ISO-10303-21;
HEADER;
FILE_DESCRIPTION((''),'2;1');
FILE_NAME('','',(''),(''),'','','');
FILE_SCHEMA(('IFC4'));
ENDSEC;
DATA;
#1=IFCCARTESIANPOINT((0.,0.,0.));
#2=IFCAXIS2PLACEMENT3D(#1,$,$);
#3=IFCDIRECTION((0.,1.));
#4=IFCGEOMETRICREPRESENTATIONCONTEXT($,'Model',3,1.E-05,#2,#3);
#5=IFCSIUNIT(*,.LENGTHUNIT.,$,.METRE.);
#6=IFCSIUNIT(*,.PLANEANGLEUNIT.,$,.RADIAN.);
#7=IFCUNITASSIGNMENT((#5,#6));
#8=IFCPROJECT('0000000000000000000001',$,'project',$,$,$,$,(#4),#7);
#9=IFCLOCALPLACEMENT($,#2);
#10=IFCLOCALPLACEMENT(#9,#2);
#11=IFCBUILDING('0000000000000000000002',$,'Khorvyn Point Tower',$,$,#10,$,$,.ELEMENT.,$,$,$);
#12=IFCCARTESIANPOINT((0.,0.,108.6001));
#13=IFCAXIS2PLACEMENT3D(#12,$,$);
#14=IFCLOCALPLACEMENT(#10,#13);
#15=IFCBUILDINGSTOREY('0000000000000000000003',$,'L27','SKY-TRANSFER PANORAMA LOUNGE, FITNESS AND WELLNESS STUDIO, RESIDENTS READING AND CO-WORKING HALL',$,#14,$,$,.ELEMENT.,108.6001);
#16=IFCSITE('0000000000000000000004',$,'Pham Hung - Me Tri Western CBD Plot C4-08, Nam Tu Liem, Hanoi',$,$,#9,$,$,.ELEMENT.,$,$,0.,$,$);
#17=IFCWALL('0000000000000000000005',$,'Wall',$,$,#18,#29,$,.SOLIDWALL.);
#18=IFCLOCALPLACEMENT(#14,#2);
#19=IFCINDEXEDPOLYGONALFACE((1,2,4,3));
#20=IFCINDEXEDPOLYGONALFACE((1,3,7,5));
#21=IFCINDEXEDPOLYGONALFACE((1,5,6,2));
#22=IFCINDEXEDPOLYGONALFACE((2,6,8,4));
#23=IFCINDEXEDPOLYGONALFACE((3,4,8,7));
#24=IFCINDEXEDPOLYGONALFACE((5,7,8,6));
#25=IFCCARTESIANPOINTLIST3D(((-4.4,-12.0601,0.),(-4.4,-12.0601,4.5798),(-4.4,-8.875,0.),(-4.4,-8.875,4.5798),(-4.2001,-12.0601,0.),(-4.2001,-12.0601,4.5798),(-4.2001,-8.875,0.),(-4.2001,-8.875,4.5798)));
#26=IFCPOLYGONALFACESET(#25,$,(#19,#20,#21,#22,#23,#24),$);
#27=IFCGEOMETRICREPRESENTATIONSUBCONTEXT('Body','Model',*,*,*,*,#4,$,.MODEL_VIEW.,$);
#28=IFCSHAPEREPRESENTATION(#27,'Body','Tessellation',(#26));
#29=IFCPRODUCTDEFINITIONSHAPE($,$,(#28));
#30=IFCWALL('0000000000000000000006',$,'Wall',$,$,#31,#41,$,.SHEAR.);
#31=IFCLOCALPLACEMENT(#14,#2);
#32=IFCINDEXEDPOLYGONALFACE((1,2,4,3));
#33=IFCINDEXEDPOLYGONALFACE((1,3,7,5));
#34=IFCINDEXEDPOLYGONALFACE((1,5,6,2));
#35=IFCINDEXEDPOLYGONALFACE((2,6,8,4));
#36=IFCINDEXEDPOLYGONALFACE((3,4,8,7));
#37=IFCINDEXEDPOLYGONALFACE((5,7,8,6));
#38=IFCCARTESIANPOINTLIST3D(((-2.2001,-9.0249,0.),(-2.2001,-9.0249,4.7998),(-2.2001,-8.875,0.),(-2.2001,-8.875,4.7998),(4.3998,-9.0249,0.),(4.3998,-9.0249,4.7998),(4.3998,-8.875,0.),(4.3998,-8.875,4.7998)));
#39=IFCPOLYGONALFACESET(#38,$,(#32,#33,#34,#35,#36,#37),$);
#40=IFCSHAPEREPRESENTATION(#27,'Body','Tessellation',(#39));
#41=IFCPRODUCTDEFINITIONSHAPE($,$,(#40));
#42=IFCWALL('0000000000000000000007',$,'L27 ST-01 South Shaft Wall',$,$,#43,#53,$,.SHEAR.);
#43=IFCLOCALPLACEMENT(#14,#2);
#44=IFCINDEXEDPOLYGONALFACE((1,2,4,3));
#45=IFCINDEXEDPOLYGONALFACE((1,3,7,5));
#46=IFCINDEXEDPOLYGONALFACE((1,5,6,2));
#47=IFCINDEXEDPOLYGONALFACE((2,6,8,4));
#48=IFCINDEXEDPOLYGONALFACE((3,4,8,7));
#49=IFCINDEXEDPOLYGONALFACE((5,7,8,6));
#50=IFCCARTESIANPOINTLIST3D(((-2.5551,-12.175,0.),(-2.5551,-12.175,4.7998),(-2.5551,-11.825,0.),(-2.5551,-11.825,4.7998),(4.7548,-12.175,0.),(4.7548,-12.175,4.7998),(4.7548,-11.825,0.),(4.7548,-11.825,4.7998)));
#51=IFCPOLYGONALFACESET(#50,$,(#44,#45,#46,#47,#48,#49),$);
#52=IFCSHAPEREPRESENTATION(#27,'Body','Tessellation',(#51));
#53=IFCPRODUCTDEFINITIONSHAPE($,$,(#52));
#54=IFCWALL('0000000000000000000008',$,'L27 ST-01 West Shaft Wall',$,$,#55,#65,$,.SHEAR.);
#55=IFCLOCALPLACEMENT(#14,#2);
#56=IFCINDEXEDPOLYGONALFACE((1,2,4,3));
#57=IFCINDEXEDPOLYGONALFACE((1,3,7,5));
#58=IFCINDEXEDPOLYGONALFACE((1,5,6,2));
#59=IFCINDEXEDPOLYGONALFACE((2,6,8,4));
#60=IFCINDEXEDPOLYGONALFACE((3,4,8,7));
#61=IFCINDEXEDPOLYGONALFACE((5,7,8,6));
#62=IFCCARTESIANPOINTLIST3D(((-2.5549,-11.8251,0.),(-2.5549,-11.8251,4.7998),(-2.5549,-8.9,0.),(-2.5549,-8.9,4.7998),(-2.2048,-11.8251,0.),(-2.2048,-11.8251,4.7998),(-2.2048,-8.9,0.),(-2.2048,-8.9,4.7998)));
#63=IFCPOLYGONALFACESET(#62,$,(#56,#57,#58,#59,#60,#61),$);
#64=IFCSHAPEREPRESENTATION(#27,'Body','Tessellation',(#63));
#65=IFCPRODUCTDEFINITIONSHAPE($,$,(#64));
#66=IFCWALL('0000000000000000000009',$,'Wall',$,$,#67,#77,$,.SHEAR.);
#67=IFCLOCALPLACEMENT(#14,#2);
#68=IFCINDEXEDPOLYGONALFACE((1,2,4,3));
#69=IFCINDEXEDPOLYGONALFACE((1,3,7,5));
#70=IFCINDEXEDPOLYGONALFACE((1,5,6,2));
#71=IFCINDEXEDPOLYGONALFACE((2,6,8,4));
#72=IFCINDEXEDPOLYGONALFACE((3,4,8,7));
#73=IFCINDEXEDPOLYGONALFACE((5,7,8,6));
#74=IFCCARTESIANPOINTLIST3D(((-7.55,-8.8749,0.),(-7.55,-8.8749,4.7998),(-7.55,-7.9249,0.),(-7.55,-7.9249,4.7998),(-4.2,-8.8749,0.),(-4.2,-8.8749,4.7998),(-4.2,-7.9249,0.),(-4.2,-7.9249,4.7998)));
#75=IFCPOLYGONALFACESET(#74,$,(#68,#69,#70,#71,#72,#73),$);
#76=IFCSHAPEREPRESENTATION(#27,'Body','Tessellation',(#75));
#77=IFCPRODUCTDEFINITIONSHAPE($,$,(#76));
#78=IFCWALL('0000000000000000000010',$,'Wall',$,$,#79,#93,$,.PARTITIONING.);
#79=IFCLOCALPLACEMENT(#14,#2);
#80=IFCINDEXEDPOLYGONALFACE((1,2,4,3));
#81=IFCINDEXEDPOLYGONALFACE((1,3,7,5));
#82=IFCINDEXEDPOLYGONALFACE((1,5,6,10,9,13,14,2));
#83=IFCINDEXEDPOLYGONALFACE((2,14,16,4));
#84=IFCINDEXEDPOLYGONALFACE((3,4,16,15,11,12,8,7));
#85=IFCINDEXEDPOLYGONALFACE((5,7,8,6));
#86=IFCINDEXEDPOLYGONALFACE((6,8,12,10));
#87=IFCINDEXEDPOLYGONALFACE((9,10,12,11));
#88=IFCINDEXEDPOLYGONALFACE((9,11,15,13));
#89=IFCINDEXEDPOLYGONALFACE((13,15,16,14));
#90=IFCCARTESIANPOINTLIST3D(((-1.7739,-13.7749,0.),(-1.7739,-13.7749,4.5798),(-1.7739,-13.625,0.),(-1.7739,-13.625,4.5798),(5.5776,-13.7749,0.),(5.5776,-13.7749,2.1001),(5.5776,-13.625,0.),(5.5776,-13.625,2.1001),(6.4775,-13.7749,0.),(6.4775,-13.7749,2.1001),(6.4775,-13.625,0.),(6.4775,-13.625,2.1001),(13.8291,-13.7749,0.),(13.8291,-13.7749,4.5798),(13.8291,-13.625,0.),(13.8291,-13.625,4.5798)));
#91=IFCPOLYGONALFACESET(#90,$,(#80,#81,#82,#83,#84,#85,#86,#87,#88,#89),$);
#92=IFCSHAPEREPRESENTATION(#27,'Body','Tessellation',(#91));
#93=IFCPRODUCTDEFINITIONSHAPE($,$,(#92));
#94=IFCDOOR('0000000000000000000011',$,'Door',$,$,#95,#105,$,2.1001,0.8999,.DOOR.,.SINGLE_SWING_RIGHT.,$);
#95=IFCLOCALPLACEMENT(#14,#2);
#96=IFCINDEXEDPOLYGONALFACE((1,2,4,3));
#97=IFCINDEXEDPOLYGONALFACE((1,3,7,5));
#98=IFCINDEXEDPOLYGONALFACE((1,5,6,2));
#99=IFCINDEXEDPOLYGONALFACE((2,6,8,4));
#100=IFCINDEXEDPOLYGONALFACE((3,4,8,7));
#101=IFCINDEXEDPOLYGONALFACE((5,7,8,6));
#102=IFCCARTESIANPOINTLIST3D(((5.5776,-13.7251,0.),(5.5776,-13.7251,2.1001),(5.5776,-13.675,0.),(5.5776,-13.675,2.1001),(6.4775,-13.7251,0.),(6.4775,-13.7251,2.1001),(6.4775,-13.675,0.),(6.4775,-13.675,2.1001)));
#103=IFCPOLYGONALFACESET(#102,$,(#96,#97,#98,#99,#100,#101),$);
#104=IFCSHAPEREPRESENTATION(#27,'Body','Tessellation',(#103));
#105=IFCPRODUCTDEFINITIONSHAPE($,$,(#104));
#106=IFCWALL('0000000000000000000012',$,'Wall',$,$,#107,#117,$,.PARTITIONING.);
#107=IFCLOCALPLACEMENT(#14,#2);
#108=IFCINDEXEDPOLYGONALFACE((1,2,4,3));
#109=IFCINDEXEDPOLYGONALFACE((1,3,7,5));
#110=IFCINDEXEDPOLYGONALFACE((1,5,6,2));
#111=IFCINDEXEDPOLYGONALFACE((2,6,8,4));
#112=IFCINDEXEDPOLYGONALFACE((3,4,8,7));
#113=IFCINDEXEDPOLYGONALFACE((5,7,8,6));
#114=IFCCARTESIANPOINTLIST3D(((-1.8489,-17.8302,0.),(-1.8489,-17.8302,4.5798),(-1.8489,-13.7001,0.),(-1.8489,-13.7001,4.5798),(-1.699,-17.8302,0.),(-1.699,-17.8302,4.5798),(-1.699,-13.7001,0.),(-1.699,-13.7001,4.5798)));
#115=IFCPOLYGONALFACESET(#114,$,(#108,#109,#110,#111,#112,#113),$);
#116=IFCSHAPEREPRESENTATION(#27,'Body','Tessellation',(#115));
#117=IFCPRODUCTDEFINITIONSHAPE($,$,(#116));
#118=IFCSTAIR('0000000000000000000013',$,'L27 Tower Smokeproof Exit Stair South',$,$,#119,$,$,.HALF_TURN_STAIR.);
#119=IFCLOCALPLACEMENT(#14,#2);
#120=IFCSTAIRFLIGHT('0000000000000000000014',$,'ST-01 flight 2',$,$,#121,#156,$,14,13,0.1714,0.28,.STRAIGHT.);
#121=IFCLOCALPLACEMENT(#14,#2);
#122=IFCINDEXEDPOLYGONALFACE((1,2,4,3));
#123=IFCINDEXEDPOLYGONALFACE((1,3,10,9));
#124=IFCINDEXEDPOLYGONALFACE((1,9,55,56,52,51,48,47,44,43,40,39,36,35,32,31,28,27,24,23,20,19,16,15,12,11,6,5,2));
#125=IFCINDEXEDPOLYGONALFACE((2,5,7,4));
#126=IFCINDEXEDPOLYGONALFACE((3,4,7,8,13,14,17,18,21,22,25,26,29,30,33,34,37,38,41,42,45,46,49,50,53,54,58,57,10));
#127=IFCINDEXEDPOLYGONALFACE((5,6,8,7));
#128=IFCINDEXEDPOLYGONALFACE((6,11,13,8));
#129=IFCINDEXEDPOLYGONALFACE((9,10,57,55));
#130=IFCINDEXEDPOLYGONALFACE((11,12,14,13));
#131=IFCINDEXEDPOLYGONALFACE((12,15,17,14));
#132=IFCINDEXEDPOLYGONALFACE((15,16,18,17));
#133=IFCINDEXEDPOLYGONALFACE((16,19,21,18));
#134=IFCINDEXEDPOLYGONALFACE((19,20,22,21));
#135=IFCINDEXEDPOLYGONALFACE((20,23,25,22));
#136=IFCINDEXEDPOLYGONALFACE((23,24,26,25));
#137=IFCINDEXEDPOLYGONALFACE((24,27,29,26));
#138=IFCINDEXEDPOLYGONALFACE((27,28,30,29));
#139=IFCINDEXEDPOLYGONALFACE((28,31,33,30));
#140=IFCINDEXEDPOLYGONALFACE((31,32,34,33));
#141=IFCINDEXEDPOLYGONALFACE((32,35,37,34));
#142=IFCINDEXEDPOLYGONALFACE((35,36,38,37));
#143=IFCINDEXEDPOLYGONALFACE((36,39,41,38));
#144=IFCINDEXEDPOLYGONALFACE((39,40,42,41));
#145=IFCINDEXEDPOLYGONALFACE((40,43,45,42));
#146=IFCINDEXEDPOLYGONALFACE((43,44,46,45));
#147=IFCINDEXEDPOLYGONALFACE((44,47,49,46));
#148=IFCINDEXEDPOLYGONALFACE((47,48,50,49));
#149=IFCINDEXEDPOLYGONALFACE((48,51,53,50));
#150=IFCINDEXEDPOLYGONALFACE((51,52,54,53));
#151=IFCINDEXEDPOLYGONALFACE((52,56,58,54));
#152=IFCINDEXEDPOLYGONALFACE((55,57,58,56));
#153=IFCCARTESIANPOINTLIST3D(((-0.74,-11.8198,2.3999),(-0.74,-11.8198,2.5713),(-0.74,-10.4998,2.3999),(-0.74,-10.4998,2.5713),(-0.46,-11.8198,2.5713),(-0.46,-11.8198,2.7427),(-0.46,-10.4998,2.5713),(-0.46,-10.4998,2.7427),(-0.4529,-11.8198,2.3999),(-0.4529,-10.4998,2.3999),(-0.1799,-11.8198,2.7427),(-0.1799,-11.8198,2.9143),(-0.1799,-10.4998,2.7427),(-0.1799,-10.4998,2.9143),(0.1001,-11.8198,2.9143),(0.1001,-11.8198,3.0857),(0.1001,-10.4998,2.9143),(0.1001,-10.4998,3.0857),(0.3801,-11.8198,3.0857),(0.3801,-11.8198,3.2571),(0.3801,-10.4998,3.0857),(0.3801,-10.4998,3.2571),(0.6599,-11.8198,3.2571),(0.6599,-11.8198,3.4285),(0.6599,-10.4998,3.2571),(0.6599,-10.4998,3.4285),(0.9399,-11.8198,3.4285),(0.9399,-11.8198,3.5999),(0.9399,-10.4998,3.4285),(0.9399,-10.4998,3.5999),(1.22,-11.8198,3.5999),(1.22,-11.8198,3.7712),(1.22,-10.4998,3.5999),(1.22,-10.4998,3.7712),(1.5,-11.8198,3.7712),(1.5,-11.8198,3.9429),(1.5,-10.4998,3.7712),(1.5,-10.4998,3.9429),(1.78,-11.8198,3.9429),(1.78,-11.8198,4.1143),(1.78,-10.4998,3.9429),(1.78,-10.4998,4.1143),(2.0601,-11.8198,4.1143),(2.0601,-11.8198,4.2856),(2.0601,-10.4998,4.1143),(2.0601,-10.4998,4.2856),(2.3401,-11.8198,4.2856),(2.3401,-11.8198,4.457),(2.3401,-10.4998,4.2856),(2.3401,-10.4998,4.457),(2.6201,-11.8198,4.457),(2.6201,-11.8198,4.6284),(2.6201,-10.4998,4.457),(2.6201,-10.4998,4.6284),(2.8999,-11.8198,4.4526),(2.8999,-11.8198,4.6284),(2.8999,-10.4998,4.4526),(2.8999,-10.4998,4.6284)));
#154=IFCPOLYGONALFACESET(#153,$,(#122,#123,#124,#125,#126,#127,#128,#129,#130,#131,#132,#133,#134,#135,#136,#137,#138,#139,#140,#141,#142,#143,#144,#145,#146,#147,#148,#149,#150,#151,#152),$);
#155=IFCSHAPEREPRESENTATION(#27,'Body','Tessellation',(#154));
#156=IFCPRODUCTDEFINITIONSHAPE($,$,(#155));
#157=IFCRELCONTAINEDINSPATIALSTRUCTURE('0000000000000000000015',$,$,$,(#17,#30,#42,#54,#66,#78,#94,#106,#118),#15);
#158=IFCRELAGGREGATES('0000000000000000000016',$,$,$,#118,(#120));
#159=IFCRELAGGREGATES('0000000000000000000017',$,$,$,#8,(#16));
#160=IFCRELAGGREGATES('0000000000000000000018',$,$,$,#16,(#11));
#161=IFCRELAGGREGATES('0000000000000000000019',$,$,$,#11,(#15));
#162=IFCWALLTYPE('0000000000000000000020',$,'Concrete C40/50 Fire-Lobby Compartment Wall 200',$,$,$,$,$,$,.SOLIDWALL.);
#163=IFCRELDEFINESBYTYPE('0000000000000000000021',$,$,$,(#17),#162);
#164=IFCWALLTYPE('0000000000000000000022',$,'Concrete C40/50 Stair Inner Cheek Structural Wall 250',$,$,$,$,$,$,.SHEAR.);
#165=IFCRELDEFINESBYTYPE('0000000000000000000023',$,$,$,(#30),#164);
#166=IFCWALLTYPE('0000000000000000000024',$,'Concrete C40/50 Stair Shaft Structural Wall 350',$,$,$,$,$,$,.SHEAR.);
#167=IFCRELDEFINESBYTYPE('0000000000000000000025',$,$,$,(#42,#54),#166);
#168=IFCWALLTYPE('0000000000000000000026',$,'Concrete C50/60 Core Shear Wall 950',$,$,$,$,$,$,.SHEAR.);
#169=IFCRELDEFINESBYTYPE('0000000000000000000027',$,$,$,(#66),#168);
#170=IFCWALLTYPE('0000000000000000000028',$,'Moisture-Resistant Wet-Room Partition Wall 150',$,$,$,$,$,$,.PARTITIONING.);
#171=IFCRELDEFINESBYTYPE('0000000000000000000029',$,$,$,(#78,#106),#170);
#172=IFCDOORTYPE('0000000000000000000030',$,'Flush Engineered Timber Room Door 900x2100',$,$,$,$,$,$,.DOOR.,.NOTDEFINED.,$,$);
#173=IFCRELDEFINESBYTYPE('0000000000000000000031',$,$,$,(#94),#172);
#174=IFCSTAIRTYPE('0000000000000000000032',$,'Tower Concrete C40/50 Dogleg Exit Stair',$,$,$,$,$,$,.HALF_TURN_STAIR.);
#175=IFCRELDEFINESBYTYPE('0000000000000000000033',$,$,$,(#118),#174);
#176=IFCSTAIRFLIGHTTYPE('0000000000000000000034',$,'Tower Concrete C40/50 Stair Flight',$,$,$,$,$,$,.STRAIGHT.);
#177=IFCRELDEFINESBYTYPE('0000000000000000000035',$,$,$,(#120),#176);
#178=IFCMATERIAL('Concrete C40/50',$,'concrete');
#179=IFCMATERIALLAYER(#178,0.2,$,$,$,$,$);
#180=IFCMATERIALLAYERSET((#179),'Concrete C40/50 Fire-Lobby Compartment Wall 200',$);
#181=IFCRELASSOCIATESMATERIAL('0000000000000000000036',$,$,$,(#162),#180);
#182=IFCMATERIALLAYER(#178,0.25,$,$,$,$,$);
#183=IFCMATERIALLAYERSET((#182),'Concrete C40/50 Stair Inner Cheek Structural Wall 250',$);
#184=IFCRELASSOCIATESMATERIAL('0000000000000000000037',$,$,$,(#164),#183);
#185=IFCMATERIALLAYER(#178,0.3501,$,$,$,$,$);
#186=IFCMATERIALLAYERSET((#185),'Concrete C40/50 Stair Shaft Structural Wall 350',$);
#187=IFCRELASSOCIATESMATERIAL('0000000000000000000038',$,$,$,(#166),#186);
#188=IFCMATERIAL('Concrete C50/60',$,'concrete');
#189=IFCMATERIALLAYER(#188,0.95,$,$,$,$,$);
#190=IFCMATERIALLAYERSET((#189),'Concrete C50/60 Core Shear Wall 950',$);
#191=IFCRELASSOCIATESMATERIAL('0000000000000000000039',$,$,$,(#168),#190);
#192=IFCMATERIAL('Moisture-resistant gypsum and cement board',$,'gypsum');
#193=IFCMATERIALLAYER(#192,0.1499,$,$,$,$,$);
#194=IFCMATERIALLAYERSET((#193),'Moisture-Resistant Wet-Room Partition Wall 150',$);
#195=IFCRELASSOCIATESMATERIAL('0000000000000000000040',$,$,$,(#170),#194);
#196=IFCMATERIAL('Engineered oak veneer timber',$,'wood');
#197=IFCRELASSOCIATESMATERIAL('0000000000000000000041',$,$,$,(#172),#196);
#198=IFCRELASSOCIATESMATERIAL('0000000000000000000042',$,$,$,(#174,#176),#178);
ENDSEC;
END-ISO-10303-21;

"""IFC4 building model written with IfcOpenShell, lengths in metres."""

from ifc_helpers import new_model, si_unit, direction, frame, frame_2d, origin, place, context, subcontext, project, spatial, polyline, rectangle, outline, extrude, material, layer, layer_set, type_object, element, fill, aggregate, save


model = new_model("IFC4")

# Units and contexts
model_context = context("Model", 3, precision=1e-05, world=origin(), true_north=direction((0.0, 1.0)))
body_context = subcontext(model_context, "Body", "Model", "MODEL_VIEW")
ifc_project = project(units=[si_unit("LENGTHUNIT", "METRE"), si_unit("PLANEANGLEUNIT", "RADIAN")], contexts=[model_context])

# Site, building, storey
site_placement = place(None, origin())
site = spatial("IfcSite", under=ifc_project, at=site_placement, Name="Pham Hung - Me Tri Western CBD Plot C4-08, Nam Tu Liem, Hanoi", CompositionType="ELEMENT", RefElevation=0.0)
building_placement = place(site_placement, origin())
building = spatial("IfcBuilding", under=site, at=building_placement, Name="Khorvyn Point Tower", CompositionType="ELEMENT")
storey_placement = place(building_placement, frame((0.0, 0.0, 108.6001)))
storey = spatial("IfcBuildingStorey", under=building, at=storey_placement, Name="L27", Description="SKY-TRANSFER PANORAMA LOUNGE, FITNESS AND WELLNESS STUDIO, RESIDENTS READING AND CO-WORKING HALL", CompositionType="ELEMENT", Elevation=108.6001)

# Shared definitions
ifc_material_1 = material(Name="Concrete C50/60", Category="concrete")

# Shared definitions
ifc_material_2 = material(Name="Concrete C40/50", Category="concrete")
ifc_layer_1 = layer(ifc_material_2, 0.2)
ifc_layer_set_1 = layer_set([ifc_layer_1], Name="Concrete C40/50 Fire-Lobby Compartment Wall 200")
wall_type_1 = type_object("IfcWallType", Name="Concrete C40/50 Fire-Lobby Compartment Wall 200", PredefinedType="SOLIDWALL", material=ifc_layer_set_1)

# Walls
wall_1_placement = place(storey_placement, frame((-4.3, -12.0601, 0.0), z_axis=(0.0, 0.0, 1.0), x_axis=(0.0, 1.0, 0.0)))
element("IfcWall", 1, at=wall_1_placement, inside=storey, type_object=wall_type_1, Name="Wall", PredefinedType="SOLIDWALL", context=body_context, shape_type="SweptSolid", body=[
    extrude(rectangle(XDim=3.1851, YDim=0.2, at=frame_2d((1.5925, 0.0))), origin(), (0.0, 0.0, 1.0), 4.5798),
])
ifc_layer_2 = layer(ifc_material_2, 0.25)
ifc_layer_set_2 = layer_set([ifc_layer_2], Name="Concrete C40/50 Stair Inner Cheek Structural Wall 250")
wall_type_2 = type_object("IfcWallType", Name="Concrete C40/50 Stair Inner Cheek Structural Wall 250", PredefinedType="SHEAR", material=ifc_layer_set_2)
wall_2_placement = place(storey_placement, frame((-2.2, -8.95, 0.0), z_axis=(0.0, 0.0, 1.0), x_axis=(1.0, 0.0, 0.0)))
element("IfcWall", 2, at=wall_2_placement, inside=storey, type_object=wall_type_2, Name="Wall", PredefinedType="SHEAR", context=body_context, shape_type="SweptSolid", body=[
    extrude(rectangle(XDim=6.5999, YDim=0.1499, at=frame_2d((3.2998, 0.0))), origin(), (0.0, 0.0, 1.0), 4.7998),
])
ifc_layer_3 = layer(ifc_material_2, 0.3501)
ifc_layer_set_3 = layer_set([ifc_layer_3], Name="Concrete C40/50 Stair Shaft Structural Wall 350")
wall_type_3 = type_object("IfcWallType", Name="Concrete C40/50 Stair Shaft Structural Wall 350", PredefinedType="SHEAR", material=ifc_layer_set_3)
wall_3_placement = place(storey_placement, frame((-2.5549, -12.0, 0.0), z_axis=(0.0, 0.0, 1.0), x_axis=(1.0, 0.0, 0.0)))
element("IfcWall", 3, at=wall_3_placement, inside=storey, type_object=wall_type_3, Name="L27 ST-01 South Shaft Wall", PredefinedType="SHEAR", context=body_context, shape_type="SweptSolid", body=[
    extrude(rectangle(XDim=7.3098, YDim=0.3501, at=frame_2d((3.6548, 0.0))), origin(), (0.0, 0.0, 1.0), 4.7998),
])
wall_4_placement = place(storey_placement, frame((-2.3799, -11.825, 0.0), z_axis=(0.0, 0.0, 1.0), x_axis=(0.0, 1.0, 0.0)))
element("IfcWall", 4, at=wall_4_placement, inside=storey, type_object=wall_type_3, Name="L27 ST-01 West Shaft Wall", PredefinedType="SHEAR", context=body_context, shape_type="SweptSolid", body=[
    extrude(rectangle(XDim=2.925, YDim=0.3501, at=frame_2d((1.4624, 0.0))), origin(), (0.0, 0.0, 1.0), 4.7998),
])
ifc_layer_4 = layer(ifc_material_1, 0.95)
ifc_layer_set_4 = layer_set([ifc_layer_4], Name="Concrete C50/60 Core Shear Wall 950")
wall_type_4 = type_object("IfcWallType", Name="Concrete C50/60 Core Shear Wall 950", PredefinedType="SHEAR", material=ifc_layer_set_4)
wall_5_placement = place(storey_placement, frame((-7.55, -8.3999, 0.0), z_axis=(0.0, 0.0, 1.0), x_axis=(1.0, 0.0, 0.0)))
element("IfcWall", 5, at=wall_5_placement, inside=storey, type_object=wall_type_4, Name="Wall", PredefinedType="SHEAR", context=body_context, shape_type="SweptSolid", body=[
    extrude(rectangle(XDim=3.3501, YDim=0.95, at=frame_2d((1.675, 0.0))), origin(), (0.0, 0.0, 1.0), 4.7998),
])

# Wall, opening, door
ifc_material_3 = material(Name="Moisture-resistant gypsum and cement board", Category="gypsum")
ifc_layer_5 = layer(ifc_material_3, 0.1499)
ifc_layer_set_5 = layer_set([ifc_layer_5], Name="Moisture-Resistant Wet-Room Partition Wall 150")
wall_type_5 = type_object("IfcWallType", Name="Moisture-Resistant Wet-Room Partition Wall 150", PredefinedType="PARTITIONING", material=ifc_layer_set_5)
wall_6_placement = place(storey_placement, frame((-1.7739, -13.7, 0.0), z_axis=(0.0, 0.0, 1.0), x_axis=(1.0, 0.0, 0.0)))
wall_6 = element("IfcWall", 6, at=wall_6_placement, inside=storey, type_object=wall_type_5, Name="Wall", PredefinedType="PARTITIONING", context=body_context, shape_type="SweptSolid", body=[
    extrude(rectangle(XDim=15.603, YDim=0.1499, at=frame_2d((7.8015, 0.0))), origin(), (0.0, 0.0, 1.0), 4.5798),
])
opening_1_placement = place(wall_6_placement, frame((7.3516, 0.0, 0.0)))
opening_1 = element("IfcOpeningElement", 7, at=opening_1_placement, cuts=wall_6, PredefinedType="OPENING", context=body_context, shape_type="SweptSolid", body=[
    extrude(rectangle(XDim=0.8999, YDim=2.1001, at=frame_2d((0.45, 1.05))), frame((0.0, 0.085, 0.0), z_axis=(0.0, -1.0, 0.0), x_axis=(1.0, 0.0, 0.0)), (0.0, 0.0, 1.0), 0.1699),
])
ifc_material_4 = material(Name="Engineered oak veneer timber", Category="wood")
door_type_1 = type_object("IfcDoorType", Name="Flush Engineered Timber Room Door 900x2100", OperationType="NOTDEFINED", PredefinedType="DOOR", material=ifc_material_4)
door_1_placement = place(opening_1_placement, origin())
door_1 = element("IfcDoor", 8, at=door_1_placement, inside=storey, type_object=door_type_1, Name="Door", OperationType="SINGLE_SWING_RIGHT", OverallHeight=2.1001, OverallWidth=0.8999, PredefinedType="DOOR", context=body_context, shape_type="SweptSolid", body=[
    extrude(rectangle(XDim=0.8999, YDim=2.1001, at=frame_2d((0.45, 1.05))), frame((0.0, 0.0249, 0.0), z_axis=(0.0, -1.0, 0.0), x_axis=(1.0, 0.0, 0.0)), (0.0, 0.0, 1.0), 0.05),
])
fill(opening_1, door_1)

# Wall
wall_7_placement = place(storey_placement, frame((-1.7739, -17.8301, 0.0), z_axis=(0.0, 0.0, 1.0), x_axis=(0.0, 1.0, 0.0)))
element("IfcWall", 9, at=wall_7_placement, inside=storey, type_object=wall_type_5, Name="Wall", PredefinedType="PARTITIONING", context=body_context, shape_type="SweptSolid", body=[
    extrude(rectangle(XDim=4.1301, YDim=0.1499, at=frame_2d((2.0649, 0.0))), origin(), (0.0, 0.0, 1.0), 4.5798),
])

# Stair, stair flight
stair_type = type_object("IfcStairType", Name="Tower Concrete C40/50 Dogleg Exit Stair", PredefinedType="HALF_TURN_STAIR", material=ifc_material_2)
stair_placement = place(storey_placement, origin())
stair = element("IfcStair", 10, at=stair_placement, inside=storey, type_object=stair_type, Name="L27 Tower Smokeproof Exit Stair South", PredefinedType="HALF_TURN_STAIR")
stair_flight_type = type_object("IfcStairFlightType", Name="Tower Concrete C40/50 Stair Flight", PredefinedType="STRAIGHT", material=ifc_material_2)
stair_flight_placement = place(storey_placement, frame((-0.74, -11.1599, 2.3999), z_axis=(0.0, 0.0, 1.0), x_axis=(1.0, 0.0, 0.0)))
stair_flight = element("IfcStairFlight", 11, at=stair_flight_placement, type_object=stair_flight_type, Name="ST-01 flight 2", NumberOfRisers=14, NumberOfTreads=13, PredefinedType="STRAIGHT", RiserHeight=0.1714, TreadLength=0.28, context=body_context, shape_type="SweptSolid", body=[
    extrude(outline(polyline([(0.0, 0.0), (0.0, 0.1714), (0.28, 0.1714), (0.28, 0.3428), (0.5601, 0.3428), (0.5601, 0.5144), (0.8401, 0.5144), (0.8401, 0.6858), (1.1201, 0.6858), (1.1201, 0.8572), (1.3999, 0.8572), (1.3999, 1.0286), (1.6799, 1.0286), (1.6799, 1.2), (1.96, 1.2), (1.96, 1.3713), (2.24, 1.3713), (2.24, 1.543), (2.52, 1.543), (2.52, 1.7144), (2.8, 1.7144), (2.8, 1.8857), (3.0801, 1.8857), (3.0801, 2.0571), (3.3601, 2.0571), (3.3601, 2.2285), (3.6399, 2.2285), (3.6399, 2.3999), (3.6399, 2.0527), (0.2871, 0.0), (0.0, 0.0)])), frame((0.0, 0.6602, 0.0), z_axis=(0.0, -1.0, 0.0), x_axis=(1.0, 0.0, 0.0)), (0.0, 0.0, 1.0), 1.3201),
])
aggregate(stair, [stair_flight])

save(model, "model.ifc")
